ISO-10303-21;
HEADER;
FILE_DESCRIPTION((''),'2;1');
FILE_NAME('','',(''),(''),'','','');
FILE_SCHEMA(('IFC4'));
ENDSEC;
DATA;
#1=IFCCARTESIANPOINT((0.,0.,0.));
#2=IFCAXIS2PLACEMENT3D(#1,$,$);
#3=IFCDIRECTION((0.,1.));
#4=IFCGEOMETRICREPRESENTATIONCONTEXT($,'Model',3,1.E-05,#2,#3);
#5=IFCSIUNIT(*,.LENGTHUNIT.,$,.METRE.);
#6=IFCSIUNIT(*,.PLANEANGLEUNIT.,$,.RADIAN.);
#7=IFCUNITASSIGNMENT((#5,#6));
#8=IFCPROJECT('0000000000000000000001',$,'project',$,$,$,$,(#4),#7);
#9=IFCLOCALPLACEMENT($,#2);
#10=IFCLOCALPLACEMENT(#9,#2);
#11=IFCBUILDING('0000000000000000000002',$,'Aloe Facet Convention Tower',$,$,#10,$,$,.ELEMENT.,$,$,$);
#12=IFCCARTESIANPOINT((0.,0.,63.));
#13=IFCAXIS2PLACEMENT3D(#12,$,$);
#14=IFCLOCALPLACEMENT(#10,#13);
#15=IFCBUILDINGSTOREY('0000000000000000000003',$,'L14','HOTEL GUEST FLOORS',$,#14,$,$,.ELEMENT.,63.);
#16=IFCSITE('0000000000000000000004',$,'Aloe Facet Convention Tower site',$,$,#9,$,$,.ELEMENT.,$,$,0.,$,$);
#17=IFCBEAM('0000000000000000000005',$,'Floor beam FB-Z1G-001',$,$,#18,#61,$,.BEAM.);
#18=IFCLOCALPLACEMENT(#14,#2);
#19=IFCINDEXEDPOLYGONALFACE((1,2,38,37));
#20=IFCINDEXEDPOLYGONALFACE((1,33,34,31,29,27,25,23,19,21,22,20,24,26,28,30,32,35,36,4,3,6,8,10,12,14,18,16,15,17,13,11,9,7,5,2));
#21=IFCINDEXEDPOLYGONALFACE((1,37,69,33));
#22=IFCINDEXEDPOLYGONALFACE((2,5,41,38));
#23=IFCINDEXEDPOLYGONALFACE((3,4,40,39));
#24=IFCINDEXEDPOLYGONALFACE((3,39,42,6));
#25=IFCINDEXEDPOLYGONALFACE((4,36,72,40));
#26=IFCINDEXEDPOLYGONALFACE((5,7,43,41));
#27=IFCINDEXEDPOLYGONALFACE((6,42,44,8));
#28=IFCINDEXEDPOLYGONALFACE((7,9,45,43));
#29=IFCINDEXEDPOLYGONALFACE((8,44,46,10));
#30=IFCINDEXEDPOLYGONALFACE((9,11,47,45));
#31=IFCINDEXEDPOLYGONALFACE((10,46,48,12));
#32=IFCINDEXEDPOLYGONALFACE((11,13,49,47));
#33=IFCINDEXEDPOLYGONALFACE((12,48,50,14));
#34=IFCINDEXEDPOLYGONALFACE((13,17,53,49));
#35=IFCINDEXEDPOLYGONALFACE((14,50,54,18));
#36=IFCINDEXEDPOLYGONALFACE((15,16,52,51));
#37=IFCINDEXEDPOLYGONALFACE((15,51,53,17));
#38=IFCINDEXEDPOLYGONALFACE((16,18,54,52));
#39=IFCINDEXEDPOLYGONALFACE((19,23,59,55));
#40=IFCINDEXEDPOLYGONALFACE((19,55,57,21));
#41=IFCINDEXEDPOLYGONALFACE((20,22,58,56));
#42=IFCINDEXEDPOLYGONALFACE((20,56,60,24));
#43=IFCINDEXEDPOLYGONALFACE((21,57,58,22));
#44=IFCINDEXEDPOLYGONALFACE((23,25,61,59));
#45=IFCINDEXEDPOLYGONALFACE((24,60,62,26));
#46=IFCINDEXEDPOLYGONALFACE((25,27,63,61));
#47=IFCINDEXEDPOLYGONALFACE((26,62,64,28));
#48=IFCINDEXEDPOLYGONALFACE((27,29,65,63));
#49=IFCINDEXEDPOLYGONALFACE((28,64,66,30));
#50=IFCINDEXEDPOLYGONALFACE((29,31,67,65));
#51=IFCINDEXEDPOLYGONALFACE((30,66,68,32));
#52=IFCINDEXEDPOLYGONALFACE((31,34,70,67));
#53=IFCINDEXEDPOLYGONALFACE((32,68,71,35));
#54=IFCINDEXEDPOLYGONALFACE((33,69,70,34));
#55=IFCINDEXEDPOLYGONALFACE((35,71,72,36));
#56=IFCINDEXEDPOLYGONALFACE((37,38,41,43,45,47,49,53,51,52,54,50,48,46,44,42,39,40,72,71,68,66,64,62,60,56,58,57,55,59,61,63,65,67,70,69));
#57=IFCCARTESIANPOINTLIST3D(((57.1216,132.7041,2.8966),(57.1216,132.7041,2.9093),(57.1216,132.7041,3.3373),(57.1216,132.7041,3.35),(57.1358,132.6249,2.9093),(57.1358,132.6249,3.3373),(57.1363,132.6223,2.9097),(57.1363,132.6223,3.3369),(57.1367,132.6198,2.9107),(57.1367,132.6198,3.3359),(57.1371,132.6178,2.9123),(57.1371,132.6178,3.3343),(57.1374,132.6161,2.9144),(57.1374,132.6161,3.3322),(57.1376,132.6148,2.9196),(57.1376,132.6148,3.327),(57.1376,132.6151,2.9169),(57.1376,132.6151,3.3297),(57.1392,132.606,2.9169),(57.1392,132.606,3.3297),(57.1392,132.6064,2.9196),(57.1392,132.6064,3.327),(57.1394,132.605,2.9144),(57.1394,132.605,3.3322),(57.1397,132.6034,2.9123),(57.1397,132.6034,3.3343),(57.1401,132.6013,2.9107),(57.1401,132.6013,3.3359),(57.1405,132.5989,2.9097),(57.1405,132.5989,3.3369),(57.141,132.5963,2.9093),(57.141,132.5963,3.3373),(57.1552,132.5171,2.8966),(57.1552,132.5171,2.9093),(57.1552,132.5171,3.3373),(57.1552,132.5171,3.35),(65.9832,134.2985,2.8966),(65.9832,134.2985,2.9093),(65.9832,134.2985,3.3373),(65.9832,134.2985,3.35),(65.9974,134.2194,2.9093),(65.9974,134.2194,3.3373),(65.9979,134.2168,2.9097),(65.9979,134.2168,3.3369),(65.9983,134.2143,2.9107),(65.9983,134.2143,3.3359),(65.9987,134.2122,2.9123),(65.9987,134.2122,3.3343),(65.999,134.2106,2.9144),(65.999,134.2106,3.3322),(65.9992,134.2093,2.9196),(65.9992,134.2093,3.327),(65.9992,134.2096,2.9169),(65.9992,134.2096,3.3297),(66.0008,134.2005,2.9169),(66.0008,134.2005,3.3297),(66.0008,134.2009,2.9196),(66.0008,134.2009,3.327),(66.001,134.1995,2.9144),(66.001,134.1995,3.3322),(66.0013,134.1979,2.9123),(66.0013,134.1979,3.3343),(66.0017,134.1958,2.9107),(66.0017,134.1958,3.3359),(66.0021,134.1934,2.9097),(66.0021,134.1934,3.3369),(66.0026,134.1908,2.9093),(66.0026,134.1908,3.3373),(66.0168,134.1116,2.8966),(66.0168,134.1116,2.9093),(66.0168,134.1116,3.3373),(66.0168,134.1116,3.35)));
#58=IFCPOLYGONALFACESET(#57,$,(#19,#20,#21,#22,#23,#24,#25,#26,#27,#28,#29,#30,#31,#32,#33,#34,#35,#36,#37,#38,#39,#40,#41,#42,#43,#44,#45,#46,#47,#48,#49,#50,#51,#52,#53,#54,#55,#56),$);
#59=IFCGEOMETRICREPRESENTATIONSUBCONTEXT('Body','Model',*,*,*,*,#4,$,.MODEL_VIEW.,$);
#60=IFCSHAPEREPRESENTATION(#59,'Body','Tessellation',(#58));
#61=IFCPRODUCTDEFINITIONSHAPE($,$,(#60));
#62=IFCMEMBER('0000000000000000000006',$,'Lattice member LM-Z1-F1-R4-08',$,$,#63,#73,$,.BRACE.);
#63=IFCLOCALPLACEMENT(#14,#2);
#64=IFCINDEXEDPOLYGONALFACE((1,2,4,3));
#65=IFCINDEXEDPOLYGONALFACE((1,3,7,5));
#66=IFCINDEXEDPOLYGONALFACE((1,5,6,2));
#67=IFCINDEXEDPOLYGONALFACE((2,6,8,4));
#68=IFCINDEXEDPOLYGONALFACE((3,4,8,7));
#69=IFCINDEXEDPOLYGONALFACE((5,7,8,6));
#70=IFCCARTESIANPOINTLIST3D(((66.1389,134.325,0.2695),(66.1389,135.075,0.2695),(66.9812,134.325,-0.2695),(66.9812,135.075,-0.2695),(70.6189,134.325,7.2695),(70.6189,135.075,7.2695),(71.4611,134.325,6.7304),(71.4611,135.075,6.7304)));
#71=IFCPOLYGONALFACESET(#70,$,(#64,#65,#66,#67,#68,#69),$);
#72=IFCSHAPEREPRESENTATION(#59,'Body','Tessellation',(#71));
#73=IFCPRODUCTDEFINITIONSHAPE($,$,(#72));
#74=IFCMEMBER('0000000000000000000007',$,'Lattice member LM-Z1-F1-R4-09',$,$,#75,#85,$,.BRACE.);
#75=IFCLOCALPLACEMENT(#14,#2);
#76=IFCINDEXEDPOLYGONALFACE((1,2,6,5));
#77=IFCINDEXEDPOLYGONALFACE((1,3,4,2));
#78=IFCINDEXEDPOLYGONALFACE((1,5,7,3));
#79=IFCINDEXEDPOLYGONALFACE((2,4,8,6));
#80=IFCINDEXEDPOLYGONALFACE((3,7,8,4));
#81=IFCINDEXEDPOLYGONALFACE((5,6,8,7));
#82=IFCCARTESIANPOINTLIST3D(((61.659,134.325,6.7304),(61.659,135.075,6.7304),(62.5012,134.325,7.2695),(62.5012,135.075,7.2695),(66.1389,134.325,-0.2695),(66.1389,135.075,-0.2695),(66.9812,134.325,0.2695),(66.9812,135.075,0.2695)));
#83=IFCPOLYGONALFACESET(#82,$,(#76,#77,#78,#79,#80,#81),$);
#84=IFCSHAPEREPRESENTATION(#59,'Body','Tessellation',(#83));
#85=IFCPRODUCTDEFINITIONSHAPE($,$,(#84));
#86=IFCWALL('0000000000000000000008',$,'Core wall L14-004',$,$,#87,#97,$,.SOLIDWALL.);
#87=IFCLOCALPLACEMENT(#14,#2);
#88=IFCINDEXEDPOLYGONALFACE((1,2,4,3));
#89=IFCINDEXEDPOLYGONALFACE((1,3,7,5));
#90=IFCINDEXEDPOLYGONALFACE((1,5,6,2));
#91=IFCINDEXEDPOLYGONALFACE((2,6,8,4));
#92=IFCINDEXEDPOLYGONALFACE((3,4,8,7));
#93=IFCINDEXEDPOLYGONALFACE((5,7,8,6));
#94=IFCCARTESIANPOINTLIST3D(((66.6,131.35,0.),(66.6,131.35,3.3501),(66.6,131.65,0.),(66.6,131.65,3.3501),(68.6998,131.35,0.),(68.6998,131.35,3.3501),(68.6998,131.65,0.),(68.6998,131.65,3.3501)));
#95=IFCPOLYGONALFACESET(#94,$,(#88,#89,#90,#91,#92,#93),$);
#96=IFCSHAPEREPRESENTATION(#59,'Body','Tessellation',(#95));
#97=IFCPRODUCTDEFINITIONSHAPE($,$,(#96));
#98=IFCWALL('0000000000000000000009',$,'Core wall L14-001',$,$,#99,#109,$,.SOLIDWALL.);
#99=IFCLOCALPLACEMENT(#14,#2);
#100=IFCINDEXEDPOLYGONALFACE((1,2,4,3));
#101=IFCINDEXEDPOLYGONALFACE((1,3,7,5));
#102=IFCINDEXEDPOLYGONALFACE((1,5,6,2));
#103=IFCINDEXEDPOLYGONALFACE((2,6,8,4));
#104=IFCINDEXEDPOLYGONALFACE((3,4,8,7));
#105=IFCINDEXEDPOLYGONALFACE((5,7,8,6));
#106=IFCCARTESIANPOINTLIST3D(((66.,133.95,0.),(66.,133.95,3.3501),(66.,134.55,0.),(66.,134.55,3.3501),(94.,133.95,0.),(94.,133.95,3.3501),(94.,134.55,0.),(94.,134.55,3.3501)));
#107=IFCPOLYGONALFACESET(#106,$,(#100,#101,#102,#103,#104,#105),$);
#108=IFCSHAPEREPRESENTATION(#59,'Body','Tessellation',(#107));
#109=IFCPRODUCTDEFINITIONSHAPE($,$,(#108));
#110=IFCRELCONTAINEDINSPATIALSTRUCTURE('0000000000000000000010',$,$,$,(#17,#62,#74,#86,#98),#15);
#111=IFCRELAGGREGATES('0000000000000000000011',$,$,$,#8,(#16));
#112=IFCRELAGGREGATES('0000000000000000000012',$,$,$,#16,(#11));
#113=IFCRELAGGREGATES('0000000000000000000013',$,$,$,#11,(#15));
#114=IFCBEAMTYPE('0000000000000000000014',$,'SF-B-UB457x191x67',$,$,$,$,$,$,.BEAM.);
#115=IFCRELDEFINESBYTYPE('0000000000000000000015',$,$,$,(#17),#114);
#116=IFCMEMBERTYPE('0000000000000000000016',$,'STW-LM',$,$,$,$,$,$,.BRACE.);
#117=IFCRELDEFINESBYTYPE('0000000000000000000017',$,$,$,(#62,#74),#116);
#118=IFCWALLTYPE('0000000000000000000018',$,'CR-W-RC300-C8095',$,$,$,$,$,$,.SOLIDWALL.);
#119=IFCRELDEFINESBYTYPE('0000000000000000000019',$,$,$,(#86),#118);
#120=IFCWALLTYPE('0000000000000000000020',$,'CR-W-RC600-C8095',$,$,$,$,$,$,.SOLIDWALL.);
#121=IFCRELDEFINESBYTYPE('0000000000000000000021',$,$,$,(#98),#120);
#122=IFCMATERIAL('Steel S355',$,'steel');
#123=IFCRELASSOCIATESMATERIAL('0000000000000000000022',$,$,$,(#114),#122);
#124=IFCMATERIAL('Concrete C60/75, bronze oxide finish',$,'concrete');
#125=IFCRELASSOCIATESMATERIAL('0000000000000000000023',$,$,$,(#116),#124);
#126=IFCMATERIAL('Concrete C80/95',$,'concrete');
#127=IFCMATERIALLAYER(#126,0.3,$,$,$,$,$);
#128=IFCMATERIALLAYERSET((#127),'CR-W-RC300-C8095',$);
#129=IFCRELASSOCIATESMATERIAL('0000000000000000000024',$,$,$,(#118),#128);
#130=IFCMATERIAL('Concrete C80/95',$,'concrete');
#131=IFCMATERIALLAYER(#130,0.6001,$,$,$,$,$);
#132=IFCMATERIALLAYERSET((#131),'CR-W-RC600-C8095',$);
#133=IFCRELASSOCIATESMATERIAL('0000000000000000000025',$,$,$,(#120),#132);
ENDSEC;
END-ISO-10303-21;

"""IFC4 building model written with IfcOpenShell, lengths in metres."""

from ifc_helpers import new_model, si_unit, direction, frame, frame_2d, origin, origin_2d, place, context, subcontext, project, spatial, rectangle, i_section, extrude, material, layer, layer_set, material_profile, profile_set, type_object, element, save


model = new_model("IFC4")

# Units and contexts
model_context = context("Model", 3, precision=1e-05, world=origin(), true_north=direction((0.0, 1.0)))
body_context = subcontext(model_context, "Body", "Model", "MODEL_VIEW")
ifc_project = project(units=[si_unit("LENGTHUNIT", "METRE"), si_unit("PLANEANGLEUNIT", "RADIAN")], contexts=[model_context])

# Site, building, storey
site_placement = place(None, origin())
site = spatial("IfcSite", under=ifc_project, at=site_placement, Name="Aloe Facet Convention Tower site", CompositionType="ELEMENT", RefElevation=0.0)
building_placement = place(site_placement, origin())
building = spatial("IfcBuilding", under=site, at=building_placement, Name="Aloe Facet Convention Tower", CompositionType="ELEMENT")
storey_placement = place(building_placement, frame((0.0, 0.0, 63.0)))
storey = spatial("IfcBuildingStorey", under=building, at=storey_placement, Name="L14", Description="HOTEL GUEST FLOORS", CompositionType="ELEMENT", Elevation=63.0)

# Beam
ifc_material_1 = material(Name="Steel S355", Category="steel")
ifc_material_profile_1 = material_profile(ifc_material_1, i_section(OverallWidth=0.1899, OverallDepth=0.4534, WebThickness=0.0085, FlangeThickness=0.0127, FilletRadius=0.0103, at=origin_2d()), Name="UB 457x191x67")
ifc_profile_set_1 = profile_set([ifc_material_profile_1], Name="Steel S355")
beam_type = type_object("IfcBeamType", Name="SF-B-UB457x191x67", PredefinedType="BEAM", material=ifc_profile_set_1)
beam_placement = place(storey_placement, frame((66.0, 134.2051, 3.1233), z_axis=(-0.984195, -0.177088, 0.0), x_axis=(0.177088, -0.984195, 0.0)))
element("IfcBeam", 1, at=beam_placement, inside=storey, type_object=beam_type, Name="Floor beam FB-Z1G-001", PredefinedType="BEAM", context=body_context, shape_type="SweptSolid", body=[
    extrude(i_section(OverallWidth=0.1899, OverallDepth=0.4534, WebThickness=0.0085, FlangeThickness=0.0127, FilletRadius=0.0103, at=origin_2d()), origin(), (0.0, 0.0, 1.0), 9.0039),
])

# Members
ifc_material_2 = material(Name="Concrete C60/75, bronze oxide finish", Category="concrete")
ifc_material_profile_2 = material_profile(ifc_material_2, rectangle(XDim=0.75, YDim=1.0, at=origin_2d()), Name="STW-LM")
ifc_profile_set_2 = profile_set([ifc_material_profile_2], Name="Concrete C60/75, bronze oxide finish")
member_type = type_object("IfcMemberType", Name="STW-LM", PredefinedType="BRACE", material=ifc_profile_set_2)
for number, where, z_axis, x_axis, name in (
    (2, (66.5601, 134.7, 0.0), (0.539052, 0.0, 0.842272), (0.0, 1.0, 0.0), "Lattice member LM-Z1-F1-R4-08"),
    (3, (66.5601, 134.7, 0.0), (-0.539052, 0.0, 0.842272), (0.0, -1.0, 0.0), "Lattice member LM-Z1-F1-R4-09"),
):
    element("IfcMember", number, at=place(storey_placement, frame(where, z_axis=z_axis, x_axis=x_axis)), inside=storey, type_object=member_type, Name=name, PredefinedType="BRACE", context=body_context, shape_type="SweptSolid", body=[
        extrude(rectangle(XDim=0.75, YDim=1.0, at=origin_2d()), origin(), (0.0, 0.0, 1.0), 8.3108),
    ])

# Walls
ifc_material_3 = material(Name="Concrete C80/95", Category="concrete")
ifc_layer_1 = layer(ifc_material_3, 0.3)
ifc_layer_set_1 = layer_set([ifc_layer_1], Name="CR-W-RC300-C8095")
wall_type_1 = type_object("IfcWallType", Name="CR-W-RC300-C8095", PredefinedType="SOLIDWALL", material=ifc_layer_set_1)
wall_1_placement = place(storey_placement, frame((66.6001, 131.5, 0.0), z_axis=(0.0, 0.0, 1.0), x_axis=(1.0, 0.0, 0.0)))
element("IfcWall", 4, at=wall_1_placement, inside=storey, type_object=wall_type_1, Name="Core wall L14-004", PredefinedType="SOLIDWALL", context=body_context, shape_type="SweptSolid", body=[
    extrude(rectangle(XDim=2.0999, YDim=0.3, at=frame_2d((1.0498, 0.0))), origin(), (0.0, 0.0, 1.0), 3.3501),
])
ifc_material_4 = material(Name="Concrete C80/95", Category="concrete")
ifc_layer_2 = layer(ifc_material_4, 0.6001)
ifc_layer_set_2 = layer_set([ifc_layer_2], Name="CR-W-RC600-C8095")
wall_type_2 = type_object("IfcWallType", Name="CR-W-RC600-C8095", PredefinedType="SOLIDWALL", material=ifc_layer_set_2)
wall_2_placement = place(storey_placement, frame((66.0, 134.25, 0.0), z_axis=(0.0, 0.0, 1.0), x_axis=(1.0, 0.0, 0.0)))
element("IfcWall", 5, at=wall_2_placement, inside=storey, type_object=wall_type_2, Name="Core wall L14-001", PredefinedType="SOLIDWALL", context=body_context, shape_type="SweptSolid", body=[
    extrude(rectangle(XDim=28.0, YDim=0.6001, at=frame_2d((14.0, 0.0))), origin(), (0.0, 0.0, 1.0), 3.3501),
])

save(model, "model.ifc")
